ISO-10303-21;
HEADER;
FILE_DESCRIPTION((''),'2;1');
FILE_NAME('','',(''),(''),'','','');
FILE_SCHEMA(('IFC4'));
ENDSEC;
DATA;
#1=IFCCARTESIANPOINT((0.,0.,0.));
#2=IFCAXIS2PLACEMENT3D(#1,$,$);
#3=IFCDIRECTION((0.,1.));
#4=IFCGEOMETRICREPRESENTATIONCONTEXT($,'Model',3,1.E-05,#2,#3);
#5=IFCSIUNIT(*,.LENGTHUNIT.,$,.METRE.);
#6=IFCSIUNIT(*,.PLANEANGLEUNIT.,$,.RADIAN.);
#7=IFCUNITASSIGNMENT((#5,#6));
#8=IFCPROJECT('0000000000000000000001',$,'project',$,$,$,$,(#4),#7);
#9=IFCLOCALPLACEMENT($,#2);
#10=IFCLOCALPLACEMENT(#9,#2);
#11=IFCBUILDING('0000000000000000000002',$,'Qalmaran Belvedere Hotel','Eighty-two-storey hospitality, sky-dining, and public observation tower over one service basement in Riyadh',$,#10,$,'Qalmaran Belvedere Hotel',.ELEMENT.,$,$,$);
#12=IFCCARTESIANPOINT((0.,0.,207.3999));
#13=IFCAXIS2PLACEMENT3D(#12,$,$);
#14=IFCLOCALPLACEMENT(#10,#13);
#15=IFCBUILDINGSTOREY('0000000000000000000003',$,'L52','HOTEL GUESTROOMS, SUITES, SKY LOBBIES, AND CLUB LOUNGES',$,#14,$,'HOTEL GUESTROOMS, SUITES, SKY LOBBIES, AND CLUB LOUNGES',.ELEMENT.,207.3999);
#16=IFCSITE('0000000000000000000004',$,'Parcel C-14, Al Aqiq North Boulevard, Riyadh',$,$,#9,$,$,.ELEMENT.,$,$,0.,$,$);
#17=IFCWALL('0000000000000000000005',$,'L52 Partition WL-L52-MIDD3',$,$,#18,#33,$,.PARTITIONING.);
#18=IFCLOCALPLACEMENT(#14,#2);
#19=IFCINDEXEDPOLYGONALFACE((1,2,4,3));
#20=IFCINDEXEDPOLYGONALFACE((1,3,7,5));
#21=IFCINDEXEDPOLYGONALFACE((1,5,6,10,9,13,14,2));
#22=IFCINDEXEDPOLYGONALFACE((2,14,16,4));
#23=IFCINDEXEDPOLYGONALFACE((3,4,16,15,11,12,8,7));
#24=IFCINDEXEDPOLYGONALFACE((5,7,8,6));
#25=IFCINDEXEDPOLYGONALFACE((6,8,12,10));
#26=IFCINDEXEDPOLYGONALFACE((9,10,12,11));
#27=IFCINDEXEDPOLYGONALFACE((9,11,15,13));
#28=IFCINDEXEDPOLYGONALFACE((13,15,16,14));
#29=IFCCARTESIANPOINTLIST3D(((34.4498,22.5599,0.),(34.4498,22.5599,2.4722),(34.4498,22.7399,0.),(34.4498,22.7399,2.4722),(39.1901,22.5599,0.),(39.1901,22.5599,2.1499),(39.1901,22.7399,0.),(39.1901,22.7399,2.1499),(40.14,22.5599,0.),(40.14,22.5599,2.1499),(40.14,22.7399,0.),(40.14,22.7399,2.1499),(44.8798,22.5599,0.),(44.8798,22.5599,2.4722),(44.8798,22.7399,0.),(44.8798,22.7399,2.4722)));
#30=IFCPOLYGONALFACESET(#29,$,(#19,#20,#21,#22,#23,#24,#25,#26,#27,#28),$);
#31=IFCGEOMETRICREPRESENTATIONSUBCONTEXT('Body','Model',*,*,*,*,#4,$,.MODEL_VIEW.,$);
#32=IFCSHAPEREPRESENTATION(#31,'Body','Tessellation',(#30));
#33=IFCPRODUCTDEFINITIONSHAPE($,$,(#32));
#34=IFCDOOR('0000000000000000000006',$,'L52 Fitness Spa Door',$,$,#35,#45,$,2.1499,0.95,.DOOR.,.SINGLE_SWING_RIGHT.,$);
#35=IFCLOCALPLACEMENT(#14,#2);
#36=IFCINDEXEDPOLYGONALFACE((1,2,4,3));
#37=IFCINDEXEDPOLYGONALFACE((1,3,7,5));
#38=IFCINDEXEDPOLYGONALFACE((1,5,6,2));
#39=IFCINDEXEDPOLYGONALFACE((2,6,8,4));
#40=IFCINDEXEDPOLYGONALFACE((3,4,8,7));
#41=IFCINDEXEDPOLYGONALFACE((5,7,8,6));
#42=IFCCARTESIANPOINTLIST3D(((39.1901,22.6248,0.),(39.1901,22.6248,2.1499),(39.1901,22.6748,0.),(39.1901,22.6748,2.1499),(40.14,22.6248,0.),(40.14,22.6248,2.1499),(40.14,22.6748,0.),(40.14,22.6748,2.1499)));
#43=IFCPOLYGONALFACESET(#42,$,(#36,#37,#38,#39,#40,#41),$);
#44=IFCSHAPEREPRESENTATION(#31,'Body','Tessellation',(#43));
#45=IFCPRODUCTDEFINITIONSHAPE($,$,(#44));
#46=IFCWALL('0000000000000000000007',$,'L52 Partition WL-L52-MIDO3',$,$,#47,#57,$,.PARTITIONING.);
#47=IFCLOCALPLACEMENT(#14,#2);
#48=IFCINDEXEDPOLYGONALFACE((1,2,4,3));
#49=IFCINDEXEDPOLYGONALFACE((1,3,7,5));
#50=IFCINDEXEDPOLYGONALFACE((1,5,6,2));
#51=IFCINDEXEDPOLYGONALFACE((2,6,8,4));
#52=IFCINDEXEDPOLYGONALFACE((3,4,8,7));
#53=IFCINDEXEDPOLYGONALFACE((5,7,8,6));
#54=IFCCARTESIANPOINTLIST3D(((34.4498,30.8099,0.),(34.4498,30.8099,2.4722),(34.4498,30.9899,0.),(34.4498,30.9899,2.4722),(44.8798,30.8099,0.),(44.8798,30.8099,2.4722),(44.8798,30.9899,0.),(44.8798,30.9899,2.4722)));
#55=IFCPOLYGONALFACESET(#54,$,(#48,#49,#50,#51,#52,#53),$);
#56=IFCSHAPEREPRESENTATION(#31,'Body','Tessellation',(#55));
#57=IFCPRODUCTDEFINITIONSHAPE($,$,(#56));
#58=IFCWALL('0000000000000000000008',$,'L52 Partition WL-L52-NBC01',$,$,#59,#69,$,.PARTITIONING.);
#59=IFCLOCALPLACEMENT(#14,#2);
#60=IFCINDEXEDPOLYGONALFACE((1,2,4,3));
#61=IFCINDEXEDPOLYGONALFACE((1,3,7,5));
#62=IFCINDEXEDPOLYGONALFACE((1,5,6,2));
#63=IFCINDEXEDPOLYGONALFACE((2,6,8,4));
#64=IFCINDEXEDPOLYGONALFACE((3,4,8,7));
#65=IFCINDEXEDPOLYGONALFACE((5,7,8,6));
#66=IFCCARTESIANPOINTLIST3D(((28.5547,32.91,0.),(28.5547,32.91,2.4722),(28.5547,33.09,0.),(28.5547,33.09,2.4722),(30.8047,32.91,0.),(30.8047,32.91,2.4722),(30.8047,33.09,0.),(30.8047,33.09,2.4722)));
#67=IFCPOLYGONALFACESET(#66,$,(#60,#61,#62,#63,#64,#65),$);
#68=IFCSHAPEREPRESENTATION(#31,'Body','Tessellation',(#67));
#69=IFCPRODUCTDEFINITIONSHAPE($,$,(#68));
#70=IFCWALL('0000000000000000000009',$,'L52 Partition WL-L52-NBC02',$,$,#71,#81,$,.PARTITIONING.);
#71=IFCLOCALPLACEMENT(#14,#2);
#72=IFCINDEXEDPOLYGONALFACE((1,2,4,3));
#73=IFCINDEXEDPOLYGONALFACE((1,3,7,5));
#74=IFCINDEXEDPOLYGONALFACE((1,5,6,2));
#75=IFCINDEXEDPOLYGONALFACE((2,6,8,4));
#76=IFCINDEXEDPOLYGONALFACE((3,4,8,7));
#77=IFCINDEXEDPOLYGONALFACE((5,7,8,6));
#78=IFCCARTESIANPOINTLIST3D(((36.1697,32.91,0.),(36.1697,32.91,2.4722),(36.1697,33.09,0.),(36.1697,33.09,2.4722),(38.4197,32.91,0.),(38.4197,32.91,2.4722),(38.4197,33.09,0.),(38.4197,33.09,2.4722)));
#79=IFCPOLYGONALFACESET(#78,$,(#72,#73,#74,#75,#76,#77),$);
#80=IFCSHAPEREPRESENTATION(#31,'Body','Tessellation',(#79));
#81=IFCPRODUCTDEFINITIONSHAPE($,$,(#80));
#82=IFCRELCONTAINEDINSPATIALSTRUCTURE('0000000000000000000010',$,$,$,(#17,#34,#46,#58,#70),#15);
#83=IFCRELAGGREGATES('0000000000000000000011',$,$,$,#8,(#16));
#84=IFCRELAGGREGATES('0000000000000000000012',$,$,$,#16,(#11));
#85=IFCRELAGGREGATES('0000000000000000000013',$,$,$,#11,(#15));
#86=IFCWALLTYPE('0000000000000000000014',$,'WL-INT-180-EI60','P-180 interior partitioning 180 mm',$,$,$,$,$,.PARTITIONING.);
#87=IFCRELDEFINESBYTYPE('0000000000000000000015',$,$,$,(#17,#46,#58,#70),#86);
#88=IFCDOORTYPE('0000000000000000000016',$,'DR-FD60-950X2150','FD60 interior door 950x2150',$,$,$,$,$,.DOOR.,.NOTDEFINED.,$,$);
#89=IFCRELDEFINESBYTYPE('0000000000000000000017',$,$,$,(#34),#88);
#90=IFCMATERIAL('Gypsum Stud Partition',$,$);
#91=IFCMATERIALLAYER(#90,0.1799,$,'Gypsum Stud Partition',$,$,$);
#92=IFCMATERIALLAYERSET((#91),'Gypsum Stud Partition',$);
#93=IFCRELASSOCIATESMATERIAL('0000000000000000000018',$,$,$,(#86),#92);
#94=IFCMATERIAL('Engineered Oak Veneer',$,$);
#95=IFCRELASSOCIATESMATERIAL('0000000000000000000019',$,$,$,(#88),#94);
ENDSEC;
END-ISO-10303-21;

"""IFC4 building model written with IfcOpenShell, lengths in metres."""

from ifc_helpers import new_model, si_unit, direction, frame, frame_2d, origin, place, context, subcontext, project, spatial, rectangle, extrude, material, layer, layer_set, type_object, element, fill, save


model = new_model("IFC4")

# Units and contexts
model_context = context("Model", 3, precision=1e-05, world=origin(), true_north=direction((0.0, 1.0)))
body_context = subcontext(model_context, "Body", "Model", "MODEL_VIEW")
ifc_project = project(units=[si_unit("LENGTHUNIT", "METRE"), si_unit("PLANEANGLEUNIT", "RADIAN")], contexts=[model_context])

# Site, building, storey
site_placement = place(None, origin())
site = spatial("IfcSite", under=ifc_project, at=site_placement, Name="Parcel C-14, Al Aqiq North Boulevard, Riyadh", CompositionType="ELEMENT", RefElevation=0.0)
building_placement = place(site_placement, origin())
building = spatial("IfcBuilding", under=site, at=building_placement, Name="Qalmaran Belvedere Hotel", Description="Eighty-two-storey hospitality, sky-dining, and public observation tower over one service basement in Riyadh", LongName="Qalmaran Belvedere Hotel", CompositionType="ELEMENT")
storey_placement = place(building_placement, frame((0.0, 0.0, 207.3999)))
storey = spatial("IfcBuildingStorey", under=building, at=storey_placement, Name="L52", Description="HOTEL GUESTROOMS, SUITES, SKY LOBBIES, AND CLUB LOUNGES", LongName="HOTEL GUESTROOMS, SUITES, SKY LOBBIES, AND CLUB LOUNGES", CompositionType="ELEMENT", Elevation=207.3999)

# Shared definitions
ifc_material_1 = material(Name="Gypsum Stud Partition")

# Wall, opening, door
ifc_layer_1 = layer(ifc_material_1, 0.1799, Name="Gypsum Stud Partition")
ifc_layer_set_1 = layer_set([ifc_layer_1], Name="Gypsum Stud Partition")
wall_type_1 = type_object("IfcWallType", Name="WL-INT-180-EI60", Description="P-180 interior partitioning 180 mm", PredefinedType="PARTITIONING", material=ifc_layer_set_1)
wall_1_placement = place(storey_placement, frame((34.45, 22.6499, 0.0), z_axis=(0.0, 0.0, 1.0), x_axis=(1.0, 0.0, 0.0)))
wall_1 = element("IfcWall", 1, at=wall_1_placement, inside=storey, type_object=wall_type_1, Name="L52 Partition WL-L52-MIDD3", PredefinedType="PARTITIONING", context=body_context, shape_type="SweptSolid", body=[
    extrude(rectangle(XDim=10.4299, YDim=0.1799, at=frame_2d((5.2148, 0.0))), origin(), (0.0, 0.0, 1.0), 2.4722),
])
opening_1_placement = place(wall_1_placement, frame((4.74, 0.0, 0.0)))
opening_1 = element("IfcOpeningElement", 2, at=opening_1_placement, cuts=wall_1, PredefinedType="OPENING", context=body_context, shape_type="SweptSolid", body=[
    extrude(rectangle(XDim=0.95, YDim=2.1499, at=frame_2d((0.4751, 1.075))), frame((0.0, 0.1001, 0.0), z_axis=(0.0, -1.0, 0.0), x_axis=(1.0, 0.0, 0.0)), (0.0, 0.0, 1.0), 0.2),
])
ifc_material_2 = material(Name="Engineered Oak Veneer")
door_type = type_object("IfcDoorType", Name="DR-FD60-950X2150", Description="FD60 interior door 950x2150", OperationType="NOTDEFINED", PredefinedType="DOOR", material=ifc_material_2)
door_1_placement = place(opening_1_placement, origin())
door_1 = element("IfcDoor", 3, at=door_1_placement, inside=storey, type_object=door_type, Name="L52 Fitness Spa Door", OperationType="SINGLE_SWING_RIGHT", OverallHeight=2.1499, OverallWidth=0.95, PredefinedType="DOOR", context=body_context, shape_type="SweptSolid", body=[
    extrude(rectangle(XDim=0.95, YDim=2.1499, at=frame_2d((0.4751, 1.075))), frame((0.0, 0.0249, 0.0), z_axis=(0.0, -1.0, 0.0), x_axis=(1.0, 0.0, 0.0)), (0.0, 0.0, 1.0), 0.05),
])
fill(opening_1, door_1)

# Walls
wall_2_placement = place(storey_placement, frame((34.45, 30.8999, 0.0), z_axis=(0.0, 0.0, 1.0), x_axis=(1.0, 0.0, 0.0)))
element("IfcWall", 4, at=wall_2_placement, inside=storey, type_object=wall_type_1, Name="L52 Partition WL-L52-MIDO3", PredefinedType="PARTITIONING", context=body_context, shape_type="SweptSolid", body=[
    extrude(rectangle(XDim=10.4299, YDim=0.1799, at=frame_2d((5.2148, 0.0))), origin(), (0.0, 0.0, 1.0), 2.4722),
])
for number, where, z_axis, x_axis, name in (
    (5, (28.5547, 33.0, 0.0), (0.0, 0.0, 1.0), (1.0, 0.0, 0.0), "L52 Partition WL-L52-NBC01"),
    (6, (36.1697, 33.0, 0.0), (0.0, 0.0, 1.0), (1.0, 0.0, 0.0), "L52 Partition WL-L52-NBC02"),
):
    element("IfcWall", number, at=place(storey_placement, frame(where, z_axis=z_axis, x_axis=x_axis)), inside=storey, type_object=wall_type_1, Name=name, PredefinedType="PARTITIONING", context=body_context, shape_type="SweptSolid", body=[
        extrude(rectangle(XDim=2.25, YDim=0.1799, at=frame_2d((1.125, 0.0))), origin(), (0.0, 0.0, 1.0), 2.4722),
    ])

save(model, "model.ifc")
